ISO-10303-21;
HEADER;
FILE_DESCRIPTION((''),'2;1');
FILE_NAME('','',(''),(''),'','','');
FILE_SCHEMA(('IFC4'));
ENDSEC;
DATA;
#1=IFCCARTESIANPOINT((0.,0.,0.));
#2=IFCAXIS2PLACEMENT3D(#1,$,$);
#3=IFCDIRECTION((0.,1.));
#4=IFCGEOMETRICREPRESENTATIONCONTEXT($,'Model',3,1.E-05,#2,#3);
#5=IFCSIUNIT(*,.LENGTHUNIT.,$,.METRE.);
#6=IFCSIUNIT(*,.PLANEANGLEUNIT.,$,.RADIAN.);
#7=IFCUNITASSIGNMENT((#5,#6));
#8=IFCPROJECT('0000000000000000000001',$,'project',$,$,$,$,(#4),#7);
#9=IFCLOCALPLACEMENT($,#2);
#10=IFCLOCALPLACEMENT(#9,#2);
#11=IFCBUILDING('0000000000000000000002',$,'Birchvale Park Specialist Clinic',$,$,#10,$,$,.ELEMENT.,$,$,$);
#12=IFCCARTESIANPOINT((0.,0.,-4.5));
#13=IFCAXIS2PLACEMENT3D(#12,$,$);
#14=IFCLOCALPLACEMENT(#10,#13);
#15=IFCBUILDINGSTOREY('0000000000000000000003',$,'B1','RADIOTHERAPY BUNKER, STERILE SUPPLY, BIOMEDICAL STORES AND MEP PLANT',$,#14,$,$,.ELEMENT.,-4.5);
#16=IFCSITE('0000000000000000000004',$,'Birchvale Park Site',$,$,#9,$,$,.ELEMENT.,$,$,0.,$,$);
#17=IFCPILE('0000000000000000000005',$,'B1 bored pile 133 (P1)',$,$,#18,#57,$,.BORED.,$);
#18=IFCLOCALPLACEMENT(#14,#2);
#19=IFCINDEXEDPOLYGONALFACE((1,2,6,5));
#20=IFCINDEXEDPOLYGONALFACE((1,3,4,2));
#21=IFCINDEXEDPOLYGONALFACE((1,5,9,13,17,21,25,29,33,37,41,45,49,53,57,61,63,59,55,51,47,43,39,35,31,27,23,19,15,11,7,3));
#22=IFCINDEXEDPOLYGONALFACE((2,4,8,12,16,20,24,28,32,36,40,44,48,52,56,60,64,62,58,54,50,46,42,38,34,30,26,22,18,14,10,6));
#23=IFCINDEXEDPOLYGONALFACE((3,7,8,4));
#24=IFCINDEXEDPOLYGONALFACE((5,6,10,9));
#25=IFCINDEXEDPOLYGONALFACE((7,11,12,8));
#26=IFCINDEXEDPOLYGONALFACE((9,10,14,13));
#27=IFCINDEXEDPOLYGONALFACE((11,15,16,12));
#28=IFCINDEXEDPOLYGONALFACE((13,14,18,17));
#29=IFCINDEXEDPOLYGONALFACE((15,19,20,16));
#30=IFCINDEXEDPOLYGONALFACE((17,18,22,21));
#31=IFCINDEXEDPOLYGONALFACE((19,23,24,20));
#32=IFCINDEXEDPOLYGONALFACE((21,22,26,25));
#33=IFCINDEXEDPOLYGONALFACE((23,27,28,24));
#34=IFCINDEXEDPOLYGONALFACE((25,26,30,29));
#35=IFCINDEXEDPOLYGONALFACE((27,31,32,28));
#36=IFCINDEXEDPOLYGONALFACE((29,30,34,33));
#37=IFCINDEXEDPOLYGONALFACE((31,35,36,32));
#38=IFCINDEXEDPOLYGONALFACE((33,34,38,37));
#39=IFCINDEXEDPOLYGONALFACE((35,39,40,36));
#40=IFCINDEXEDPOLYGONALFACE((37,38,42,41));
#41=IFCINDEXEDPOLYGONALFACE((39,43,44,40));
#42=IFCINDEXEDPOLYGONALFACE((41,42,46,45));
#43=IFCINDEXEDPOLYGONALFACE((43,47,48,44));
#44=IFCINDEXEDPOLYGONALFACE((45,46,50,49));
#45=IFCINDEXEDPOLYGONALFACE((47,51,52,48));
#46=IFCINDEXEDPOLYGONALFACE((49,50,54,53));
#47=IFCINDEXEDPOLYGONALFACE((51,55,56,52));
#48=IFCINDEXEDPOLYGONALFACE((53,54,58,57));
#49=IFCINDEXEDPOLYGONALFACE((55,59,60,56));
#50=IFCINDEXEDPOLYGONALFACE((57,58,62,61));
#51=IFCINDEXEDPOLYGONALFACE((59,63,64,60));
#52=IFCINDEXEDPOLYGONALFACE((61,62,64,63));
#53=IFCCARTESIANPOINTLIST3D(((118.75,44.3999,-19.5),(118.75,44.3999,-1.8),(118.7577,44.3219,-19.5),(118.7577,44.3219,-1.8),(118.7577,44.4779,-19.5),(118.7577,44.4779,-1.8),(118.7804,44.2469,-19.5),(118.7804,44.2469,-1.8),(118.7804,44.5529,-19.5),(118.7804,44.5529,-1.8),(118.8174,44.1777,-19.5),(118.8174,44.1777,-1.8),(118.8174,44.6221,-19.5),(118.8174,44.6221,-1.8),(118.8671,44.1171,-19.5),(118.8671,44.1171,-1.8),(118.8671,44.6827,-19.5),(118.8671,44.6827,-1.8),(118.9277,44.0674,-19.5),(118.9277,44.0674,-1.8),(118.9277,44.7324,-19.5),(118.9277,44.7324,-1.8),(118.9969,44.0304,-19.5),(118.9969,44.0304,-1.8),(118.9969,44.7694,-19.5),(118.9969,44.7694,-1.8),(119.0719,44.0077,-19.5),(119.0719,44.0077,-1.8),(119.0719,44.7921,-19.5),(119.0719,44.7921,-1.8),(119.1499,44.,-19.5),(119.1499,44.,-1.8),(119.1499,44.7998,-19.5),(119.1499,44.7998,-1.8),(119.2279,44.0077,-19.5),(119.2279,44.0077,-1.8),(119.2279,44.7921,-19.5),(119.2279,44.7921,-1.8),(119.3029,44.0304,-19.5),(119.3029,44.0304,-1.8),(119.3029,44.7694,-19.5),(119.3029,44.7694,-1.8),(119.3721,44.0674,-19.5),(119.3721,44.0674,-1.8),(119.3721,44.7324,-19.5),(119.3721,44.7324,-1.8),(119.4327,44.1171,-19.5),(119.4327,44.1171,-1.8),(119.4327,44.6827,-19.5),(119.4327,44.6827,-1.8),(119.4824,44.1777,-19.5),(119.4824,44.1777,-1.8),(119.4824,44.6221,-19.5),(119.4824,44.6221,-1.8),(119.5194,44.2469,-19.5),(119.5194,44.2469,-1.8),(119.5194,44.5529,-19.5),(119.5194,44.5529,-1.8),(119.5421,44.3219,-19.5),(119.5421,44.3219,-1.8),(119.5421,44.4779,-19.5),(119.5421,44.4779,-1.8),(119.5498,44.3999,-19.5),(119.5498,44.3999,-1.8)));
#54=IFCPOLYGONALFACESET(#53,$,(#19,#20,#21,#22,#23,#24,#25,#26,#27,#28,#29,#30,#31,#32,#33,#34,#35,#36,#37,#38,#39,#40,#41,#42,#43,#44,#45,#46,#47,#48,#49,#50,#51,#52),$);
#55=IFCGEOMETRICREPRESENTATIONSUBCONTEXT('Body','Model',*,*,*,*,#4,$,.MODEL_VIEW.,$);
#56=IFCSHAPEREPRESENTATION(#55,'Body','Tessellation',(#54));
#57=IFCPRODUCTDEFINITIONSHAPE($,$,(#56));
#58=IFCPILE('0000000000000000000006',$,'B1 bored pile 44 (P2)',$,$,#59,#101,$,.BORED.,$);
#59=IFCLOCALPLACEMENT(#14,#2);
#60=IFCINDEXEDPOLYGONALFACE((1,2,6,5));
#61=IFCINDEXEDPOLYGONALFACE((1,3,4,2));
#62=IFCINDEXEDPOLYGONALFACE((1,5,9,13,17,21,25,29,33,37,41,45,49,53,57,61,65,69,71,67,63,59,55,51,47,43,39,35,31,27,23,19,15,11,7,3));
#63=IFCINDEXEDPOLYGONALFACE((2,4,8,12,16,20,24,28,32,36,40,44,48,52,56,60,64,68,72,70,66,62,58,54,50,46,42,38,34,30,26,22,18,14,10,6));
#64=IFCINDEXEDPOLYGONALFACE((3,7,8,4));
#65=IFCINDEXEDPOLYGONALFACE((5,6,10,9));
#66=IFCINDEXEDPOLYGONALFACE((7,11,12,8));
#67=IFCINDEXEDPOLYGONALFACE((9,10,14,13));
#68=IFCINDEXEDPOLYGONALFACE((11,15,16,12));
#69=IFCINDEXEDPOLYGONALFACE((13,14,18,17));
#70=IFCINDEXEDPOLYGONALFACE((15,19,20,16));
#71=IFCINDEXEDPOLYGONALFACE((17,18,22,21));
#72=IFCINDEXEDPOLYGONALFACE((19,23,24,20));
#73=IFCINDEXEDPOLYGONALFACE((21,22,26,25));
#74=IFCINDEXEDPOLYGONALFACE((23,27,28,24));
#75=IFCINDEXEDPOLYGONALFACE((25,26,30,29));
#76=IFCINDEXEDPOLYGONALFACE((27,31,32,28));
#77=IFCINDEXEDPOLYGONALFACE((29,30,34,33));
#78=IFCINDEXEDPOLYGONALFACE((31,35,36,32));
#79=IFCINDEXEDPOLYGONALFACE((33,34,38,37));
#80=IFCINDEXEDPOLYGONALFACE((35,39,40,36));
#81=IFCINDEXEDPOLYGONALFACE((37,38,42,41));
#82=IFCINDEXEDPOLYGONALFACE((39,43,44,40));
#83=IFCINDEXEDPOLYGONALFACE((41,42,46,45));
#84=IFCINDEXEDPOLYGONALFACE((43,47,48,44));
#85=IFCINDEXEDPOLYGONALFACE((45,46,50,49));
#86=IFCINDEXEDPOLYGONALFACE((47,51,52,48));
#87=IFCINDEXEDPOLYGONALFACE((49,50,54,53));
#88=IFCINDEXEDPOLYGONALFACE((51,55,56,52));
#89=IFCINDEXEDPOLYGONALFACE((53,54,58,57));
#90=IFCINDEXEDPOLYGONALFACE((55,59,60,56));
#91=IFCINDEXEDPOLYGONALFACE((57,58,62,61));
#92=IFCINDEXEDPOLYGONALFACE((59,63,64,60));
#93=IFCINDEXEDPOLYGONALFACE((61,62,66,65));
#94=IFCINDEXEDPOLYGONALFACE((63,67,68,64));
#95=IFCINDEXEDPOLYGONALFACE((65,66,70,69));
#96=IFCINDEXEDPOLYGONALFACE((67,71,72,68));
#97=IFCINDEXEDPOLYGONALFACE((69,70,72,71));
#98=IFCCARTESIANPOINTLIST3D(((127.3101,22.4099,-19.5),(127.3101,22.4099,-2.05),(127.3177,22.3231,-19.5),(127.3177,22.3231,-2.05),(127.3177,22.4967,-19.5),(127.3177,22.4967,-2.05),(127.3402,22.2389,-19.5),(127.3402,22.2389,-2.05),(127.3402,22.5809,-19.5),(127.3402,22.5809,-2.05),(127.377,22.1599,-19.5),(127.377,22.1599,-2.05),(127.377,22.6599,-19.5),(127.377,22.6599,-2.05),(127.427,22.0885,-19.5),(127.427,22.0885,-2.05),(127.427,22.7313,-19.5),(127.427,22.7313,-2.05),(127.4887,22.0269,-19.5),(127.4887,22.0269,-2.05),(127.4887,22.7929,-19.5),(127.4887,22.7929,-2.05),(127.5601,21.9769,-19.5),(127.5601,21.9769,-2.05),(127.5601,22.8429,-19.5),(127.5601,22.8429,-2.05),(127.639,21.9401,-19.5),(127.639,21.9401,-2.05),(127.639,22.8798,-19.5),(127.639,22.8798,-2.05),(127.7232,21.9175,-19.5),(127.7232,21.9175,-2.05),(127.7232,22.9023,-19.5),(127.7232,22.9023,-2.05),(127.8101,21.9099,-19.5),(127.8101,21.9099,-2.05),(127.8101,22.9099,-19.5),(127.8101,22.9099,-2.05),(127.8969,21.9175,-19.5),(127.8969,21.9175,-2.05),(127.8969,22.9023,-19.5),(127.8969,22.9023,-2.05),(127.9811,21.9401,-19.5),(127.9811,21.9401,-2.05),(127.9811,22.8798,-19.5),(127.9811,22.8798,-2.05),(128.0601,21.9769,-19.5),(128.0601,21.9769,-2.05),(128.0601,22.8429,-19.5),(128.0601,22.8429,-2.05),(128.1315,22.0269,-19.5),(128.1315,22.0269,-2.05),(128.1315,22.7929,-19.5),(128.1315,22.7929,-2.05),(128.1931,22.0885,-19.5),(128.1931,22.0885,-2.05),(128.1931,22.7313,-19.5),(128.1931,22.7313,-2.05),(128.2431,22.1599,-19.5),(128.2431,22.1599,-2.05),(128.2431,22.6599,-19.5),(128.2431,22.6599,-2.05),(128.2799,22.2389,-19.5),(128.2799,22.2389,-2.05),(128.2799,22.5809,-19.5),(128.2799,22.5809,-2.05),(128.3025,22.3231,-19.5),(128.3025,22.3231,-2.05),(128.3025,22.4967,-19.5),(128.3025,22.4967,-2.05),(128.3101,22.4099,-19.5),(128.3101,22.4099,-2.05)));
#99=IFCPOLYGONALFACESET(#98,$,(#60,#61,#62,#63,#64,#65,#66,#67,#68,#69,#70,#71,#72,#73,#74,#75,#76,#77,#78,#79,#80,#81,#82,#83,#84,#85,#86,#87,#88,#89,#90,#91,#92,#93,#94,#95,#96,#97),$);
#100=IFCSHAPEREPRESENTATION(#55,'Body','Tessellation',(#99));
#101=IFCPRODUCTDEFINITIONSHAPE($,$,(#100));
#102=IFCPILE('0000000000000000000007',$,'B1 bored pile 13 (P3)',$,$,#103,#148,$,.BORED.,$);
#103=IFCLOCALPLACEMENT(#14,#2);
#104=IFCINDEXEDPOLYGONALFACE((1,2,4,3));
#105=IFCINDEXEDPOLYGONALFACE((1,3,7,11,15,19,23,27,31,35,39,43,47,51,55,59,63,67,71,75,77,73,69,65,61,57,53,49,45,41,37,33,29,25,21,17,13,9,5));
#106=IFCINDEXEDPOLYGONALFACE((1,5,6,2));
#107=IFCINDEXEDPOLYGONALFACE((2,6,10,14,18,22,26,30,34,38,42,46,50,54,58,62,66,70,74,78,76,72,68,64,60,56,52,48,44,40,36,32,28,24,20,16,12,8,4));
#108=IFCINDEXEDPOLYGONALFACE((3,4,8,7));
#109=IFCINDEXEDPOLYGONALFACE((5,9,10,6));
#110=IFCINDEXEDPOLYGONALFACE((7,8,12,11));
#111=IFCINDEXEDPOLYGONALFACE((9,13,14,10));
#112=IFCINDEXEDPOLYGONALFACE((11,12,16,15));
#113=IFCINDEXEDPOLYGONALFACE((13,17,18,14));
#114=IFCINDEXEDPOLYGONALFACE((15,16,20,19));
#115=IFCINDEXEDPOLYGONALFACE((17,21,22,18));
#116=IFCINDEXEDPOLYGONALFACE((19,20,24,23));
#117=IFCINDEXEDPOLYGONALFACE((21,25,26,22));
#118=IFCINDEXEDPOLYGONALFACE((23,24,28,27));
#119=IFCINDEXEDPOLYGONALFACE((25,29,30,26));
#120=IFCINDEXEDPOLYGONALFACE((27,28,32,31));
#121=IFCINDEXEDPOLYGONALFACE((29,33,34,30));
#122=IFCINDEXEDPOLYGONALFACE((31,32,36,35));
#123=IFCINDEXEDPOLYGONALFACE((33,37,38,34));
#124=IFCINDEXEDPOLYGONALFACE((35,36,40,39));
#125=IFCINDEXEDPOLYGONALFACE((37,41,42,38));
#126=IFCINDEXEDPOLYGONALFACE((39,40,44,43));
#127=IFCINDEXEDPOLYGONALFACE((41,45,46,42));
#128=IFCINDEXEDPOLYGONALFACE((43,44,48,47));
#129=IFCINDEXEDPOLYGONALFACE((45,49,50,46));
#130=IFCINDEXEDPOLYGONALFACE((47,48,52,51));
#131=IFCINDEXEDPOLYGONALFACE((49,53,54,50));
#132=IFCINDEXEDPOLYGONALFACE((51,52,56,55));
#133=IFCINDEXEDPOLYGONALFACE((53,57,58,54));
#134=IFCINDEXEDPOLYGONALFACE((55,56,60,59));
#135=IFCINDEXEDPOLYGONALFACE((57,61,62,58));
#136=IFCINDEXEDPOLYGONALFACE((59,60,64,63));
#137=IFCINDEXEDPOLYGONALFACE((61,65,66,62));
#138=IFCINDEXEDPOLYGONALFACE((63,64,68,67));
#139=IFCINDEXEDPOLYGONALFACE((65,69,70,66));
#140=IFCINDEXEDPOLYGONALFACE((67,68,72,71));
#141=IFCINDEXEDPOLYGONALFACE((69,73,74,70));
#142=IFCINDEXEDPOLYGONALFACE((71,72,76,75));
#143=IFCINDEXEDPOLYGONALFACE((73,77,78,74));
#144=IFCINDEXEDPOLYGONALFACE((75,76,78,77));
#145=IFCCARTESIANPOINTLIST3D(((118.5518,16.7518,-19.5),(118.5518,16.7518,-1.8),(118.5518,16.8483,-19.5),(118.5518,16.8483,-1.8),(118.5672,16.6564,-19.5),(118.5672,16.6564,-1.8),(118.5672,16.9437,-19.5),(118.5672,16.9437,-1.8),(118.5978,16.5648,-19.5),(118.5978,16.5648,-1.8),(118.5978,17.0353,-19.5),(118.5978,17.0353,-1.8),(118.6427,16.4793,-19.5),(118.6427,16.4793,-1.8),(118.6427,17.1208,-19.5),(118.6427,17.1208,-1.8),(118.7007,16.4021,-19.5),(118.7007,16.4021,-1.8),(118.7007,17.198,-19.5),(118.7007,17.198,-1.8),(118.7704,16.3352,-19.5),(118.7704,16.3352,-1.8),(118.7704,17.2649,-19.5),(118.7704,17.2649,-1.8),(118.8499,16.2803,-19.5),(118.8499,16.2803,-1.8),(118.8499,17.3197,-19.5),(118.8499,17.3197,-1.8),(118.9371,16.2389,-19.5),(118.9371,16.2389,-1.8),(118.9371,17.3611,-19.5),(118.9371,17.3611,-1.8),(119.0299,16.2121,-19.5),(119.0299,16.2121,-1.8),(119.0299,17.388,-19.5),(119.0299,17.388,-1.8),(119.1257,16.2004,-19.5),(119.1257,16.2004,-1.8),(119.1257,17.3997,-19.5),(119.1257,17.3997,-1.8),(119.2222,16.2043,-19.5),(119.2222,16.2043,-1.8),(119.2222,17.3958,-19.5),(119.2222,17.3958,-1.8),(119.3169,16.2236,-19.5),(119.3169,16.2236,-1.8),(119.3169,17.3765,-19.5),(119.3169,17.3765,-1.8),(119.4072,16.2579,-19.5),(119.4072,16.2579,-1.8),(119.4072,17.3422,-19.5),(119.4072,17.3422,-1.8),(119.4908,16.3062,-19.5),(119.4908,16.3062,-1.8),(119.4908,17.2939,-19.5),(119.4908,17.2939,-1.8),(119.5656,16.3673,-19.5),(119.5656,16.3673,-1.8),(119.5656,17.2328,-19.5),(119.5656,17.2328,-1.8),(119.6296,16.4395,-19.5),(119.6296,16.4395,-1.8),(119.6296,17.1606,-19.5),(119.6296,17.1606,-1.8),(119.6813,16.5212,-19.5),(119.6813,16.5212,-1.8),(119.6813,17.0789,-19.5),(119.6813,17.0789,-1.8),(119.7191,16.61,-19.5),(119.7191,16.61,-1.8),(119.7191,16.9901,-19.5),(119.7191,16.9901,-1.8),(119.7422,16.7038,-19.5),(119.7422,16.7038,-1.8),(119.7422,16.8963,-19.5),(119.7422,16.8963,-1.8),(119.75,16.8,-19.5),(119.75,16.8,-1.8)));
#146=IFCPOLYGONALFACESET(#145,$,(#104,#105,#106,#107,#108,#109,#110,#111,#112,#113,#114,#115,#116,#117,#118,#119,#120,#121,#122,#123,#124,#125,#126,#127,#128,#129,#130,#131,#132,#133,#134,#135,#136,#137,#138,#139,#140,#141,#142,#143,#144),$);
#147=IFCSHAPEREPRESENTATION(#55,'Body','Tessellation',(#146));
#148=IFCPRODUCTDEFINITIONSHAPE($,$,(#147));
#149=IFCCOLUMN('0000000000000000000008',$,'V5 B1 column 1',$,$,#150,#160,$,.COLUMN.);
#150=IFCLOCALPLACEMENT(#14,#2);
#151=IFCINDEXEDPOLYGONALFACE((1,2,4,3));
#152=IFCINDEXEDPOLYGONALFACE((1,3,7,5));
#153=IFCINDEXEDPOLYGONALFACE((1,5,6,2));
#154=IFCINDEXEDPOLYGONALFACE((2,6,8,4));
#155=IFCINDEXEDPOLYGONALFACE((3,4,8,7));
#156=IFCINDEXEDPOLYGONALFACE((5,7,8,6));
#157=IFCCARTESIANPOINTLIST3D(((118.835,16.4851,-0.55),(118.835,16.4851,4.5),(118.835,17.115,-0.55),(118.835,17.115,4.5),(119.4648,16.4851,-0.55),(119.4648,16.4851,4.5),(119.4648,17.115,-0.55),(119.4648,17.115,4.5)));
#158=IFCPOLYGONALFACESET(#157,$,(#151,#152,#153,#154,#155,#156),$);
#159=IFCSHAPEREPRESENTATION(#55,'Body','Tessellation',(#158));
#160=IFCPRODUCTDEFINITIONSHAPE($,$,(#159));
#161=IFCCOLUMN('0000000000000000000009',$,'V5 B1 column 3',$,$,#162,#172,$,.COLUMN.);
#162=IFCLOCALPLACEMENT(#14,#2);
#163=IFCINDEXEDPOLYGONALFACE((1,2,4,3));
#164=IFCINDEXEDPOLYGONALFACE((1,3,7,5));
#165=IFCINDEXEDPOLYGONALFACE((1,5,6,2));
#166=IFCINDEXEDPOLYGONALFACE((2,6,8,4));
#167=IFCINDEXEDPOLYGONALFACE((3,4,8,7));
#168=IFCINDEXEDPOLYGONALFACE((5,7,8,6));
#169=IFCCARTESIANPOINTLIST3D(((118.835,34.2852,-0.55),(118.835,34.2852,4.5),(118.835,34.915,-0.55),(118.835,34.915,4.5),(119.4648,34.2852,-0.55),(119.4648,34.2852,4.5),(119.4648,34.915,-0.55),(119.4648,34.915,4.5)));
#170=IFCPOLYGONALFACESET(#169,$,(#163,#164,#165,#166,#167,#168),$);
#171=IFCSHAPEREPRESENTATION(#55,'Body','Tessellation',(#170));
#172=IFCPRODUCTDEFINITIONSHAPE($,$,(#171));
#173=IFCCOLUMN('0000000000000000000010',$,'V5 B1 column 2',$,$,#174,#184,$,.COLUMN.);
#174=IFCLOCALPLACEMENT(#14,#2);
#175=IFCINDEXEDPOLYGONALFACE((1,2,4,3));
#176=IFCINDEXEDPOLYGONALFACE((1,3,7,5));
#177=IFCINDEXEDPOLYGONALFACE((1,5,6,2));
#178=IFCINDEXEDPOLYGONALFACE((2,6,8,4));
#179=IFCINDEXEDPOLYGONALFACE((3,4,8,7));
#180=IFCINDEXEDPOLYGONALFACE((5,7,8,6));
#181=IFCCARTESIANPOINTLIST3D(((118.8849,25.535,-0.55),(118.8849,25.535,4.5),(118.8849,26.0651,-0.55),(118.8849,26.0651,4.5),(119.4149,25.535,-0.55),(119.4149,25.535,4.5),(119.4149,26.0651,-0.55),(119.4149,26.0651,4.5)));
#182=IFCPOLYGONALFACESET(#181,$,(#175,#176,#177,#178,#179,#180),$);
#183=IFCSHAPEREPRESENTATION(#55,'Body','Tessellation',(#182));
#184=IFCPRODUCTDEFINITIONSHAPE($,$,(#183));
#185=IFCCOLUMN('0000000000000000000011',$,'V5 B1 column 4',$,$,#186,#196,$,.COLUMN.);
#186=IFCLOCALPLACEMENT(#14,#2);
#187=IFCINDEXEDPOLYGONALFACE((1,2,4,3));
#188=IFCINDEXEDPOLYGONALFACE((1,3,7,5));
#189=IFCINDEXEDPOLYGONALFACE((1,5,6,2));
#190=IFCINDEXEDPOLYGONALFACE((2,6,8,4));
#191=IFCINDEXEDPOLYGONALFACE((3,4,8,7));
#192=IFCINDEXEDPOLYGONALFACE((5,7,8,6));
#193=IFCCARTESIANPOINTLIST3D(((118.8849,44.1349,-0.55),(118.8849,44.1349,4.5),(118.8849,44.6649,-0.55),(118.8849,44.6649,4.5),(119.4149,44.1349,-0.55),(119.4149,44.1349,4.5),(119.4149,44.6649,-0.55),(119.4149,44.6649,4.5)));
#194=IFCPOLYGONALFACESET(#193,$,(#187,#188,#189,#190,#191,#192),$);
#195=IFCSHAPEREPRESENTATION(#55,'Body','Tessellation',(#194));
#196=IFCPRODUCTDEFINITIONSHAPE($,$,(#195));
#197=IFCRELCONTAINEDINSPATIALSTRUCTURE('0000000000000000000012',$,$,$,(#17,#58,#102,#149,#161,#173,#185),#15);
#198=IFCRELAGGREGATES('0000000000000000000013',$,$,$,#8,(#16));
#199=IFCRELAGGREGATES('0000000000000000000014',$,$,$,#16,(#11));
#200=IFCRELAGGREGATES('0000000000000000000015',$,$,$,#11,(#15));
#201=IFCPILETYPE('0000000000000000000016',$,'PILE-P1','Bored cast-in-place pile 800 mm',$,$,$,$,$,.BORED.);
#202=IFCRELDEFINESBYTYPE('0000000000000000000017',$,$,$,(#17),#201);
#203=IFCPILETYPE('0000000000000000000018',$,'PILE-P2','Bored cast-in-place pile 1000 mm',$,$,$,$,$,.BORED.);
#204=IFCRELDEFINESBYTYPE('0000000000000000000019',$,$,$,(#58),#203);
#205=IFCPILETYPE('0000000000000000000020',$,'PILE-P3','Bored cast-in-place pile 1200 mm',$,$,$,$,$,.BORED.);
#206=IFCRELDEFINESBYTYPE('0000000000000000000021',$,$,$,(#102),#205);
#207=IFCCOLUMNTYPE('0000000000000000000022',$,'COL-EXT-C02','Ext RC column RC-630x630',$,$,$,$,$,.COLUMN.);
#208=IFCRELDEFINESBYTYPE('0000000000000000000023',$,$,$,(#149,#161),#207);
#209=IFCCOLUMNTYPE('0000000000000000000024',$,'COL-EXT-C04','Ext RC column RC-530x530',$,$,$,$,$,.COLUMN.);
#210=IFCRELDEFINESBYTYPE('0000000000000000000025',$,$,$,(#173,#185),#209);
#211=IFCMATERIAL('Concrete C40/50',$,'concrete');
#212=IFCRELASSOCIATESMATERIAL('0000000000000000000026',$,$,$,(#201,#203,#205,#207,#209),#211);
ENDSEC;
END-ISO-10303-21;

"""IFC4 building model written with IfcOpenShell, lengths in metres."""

from ifc_helpers import new_model, si_unit, direction, frame, origin, origin_2d, place, context, subcontext, project, spatial, rectangle, circle, extrude, material, material_profile, profile_set, type_object, element, save


model = new_model("IFC4")

# Units and contexts
model_context = context("Model", 3, precision=1e-05, world=origin(), true_north=direction((0.0, 1.0)))
body_context = subcontext(model_context, "Body", "Model", "MODEL_VIEW")
ifc_project = project(units=[si_unit("LENGTHUNIT", "METRE"), si_unit("PLANEANGLEUNIT", "RADIAN")], contexts=[model_context])

# Site, building, storey
site_placement = place(None, origin())
site = spatial("IfcSite", under=ifc_project, at=site_placement, Name="Birchvale Park Site", CompositionType="ELEMENT", RefElevation=0.0)
building_placement = place(site_placement, origin())
building = spatial("IfcBuilding", under=site, at=building_placement, Name="Birchvale Park Specialist Clinic", CompositionType="ELEMENT")
storey_placement = place(building_placement, frame((0.0, 0.0, -4.5)))
storey = spatial("IfcBuildingStorey", under=building, at=storey_placement, Name="B1", Description="RADIOTHERAPY BUNKER, STERILE SUPPLY, BIOMEDICAL STORES AND MEP PLANT", CompositionType="ELEMENT", Elevation=-4.5)

# Shared definitions
ifc_material_1 = material(Name="Concrete C40/50", Category="concrete")

# Piles
ifc_material_profile_1 = material_profile(ifc_material_1, circle(Radius=0.3999, at=origin_2d()), Name="PILE-800")
ifc_profile_set_1 = profile_set([ifc_material_profile_1], Name="Concrete C40/50")
pile_type_1 = type_object("IfcPileType", Name="PILE-P1", Description="Bored cast-in-place pile 800 mm", PredefinedType="BORED", material=ifc_profile_set_1)
for number, where, z_axis, x_axis, name in (
    (1, (119.1499, 44.3999, -1.8), (0.0, 0.0, -1.0), (1.0, 0.0, 0.0), "B1 bored pile 133 (P1)"),
):
    element("IfcPile", number, at=place(storey_placement, frame(where, z_axis=z_axis, x_axis=x_axis)), inside=storey, type_object=pile_type_1, Name=name, PredefinedType="BORED", context=body_context, shape_type="SweptSolid", body=[
        extrude(circle(Radius=0.3999, at=origin_2d()), origin(), (0.0, 0.0, 1.0), 17.7),
    ])
ifc_material_profile_2 = material_profile(ifc_material_1, circle(Radius=0.5, at=origin_2d()), Name="PILE-1000")
ifc_profile_set_2 = profile_set([ifc_material_profile_2], Name="Concrete C40/50")
pile_type_2 = type_object("IfcPileType", Name="PILE-P2", Description="Bored cast-in-place pile 1000 mm", PredefinedType="BORED", material=ifc_profile_set_2)
pile_1_placement = place(storey_placement, frame((127.8101, 22.4099, -2.05), z_axis=(0.0, 0.0, -1.0), x_axis=(1.0, 0.0, 0.0)))
element("IfcPile", 2, at=pile_1_placement, inside=storey, type_object=pile_type_2, Name="B1 bored pile 44 (P2)", PredefinedType="BORED", context=body_context, shape_type="SweptSolid", body=[
    extrude(circle(Radius=0.5, at=origin_2d()), origin(), (0.0, 0.0, 1.0), 17.45),
])
ifc_material_profile_3 = material_profile(ifc_material_1, circle(Radius=0.6001, at=origin_2d()), Name="PILE-1200")
ifc_profile_set_3 = profile_set([ifc_material_profile_3], Name="Concrete C40/50")
pile_type_3 = type_object("IfcPileType", Name="PILE-P3", Description="Bored cast-in-place pile 1200 mm", PredefinedType="BORED", material=ifc_profile_set_3)
pile_2_placement = place(storey_placement, frame((119.1499, 16.8, -1.8), z_axis=(0.0, 0.0, -1.0), x_axis=(1.0, 0.0, 0.0)))
element("IfcPile", 3, at=pile_2_placement, inside=storey, type_object=pile_type_3, Name="B1 bored pile 13 (P3)", PredefinedType="BORED", context=body_context, shape_type="SweptSolid", body=[
    extrude(circle(Radius=0.6001, at=origin_2d()), origin(), (0.0, 0.0, 1.0), 17.7),
])

# Columns
ifc_material_profile_4 = material_profile(ifc_material_1, rectangle(XDim=0.6299, YDim=0.6299, at=origin_2d()), Name="RC-630x630")
ifc_profile_set_4 = profile_set([ifc_material_profile_4], Name="Concrete C40/50")
column_type_1 = type_object("IfcColumnType", Name="COL-EXT-C02", Description="Ext RC column RC-630x630", PredefinedType="COLUMN", material=ifc_profile_set_4)
for number, where, z_axis, x_axis, name in (
    (4, (119.1499, 16.8, -0.55), (0.0, 0.0, 1.0), (1.0, 0.0, 0.0), "V5 B1 column 1"),
    (5, (119.1499, 34.6001, -0.55), (0.0, 0.0, 1.0), (1.0, 0.0, 0.0), "V5 B1 column 3"),
):
    element("IfcColumn", number, at=place(storey_placement, frame(where, z_axis=z_axis, x_axis=x_axis)), inside=storey, type_object=column_type_1, Name=name, PredefinedType="COLUMN", context=body_context, shape_type="SweptSolid", body=[
        extrude(rectangle(XDim=0.6299, YDim=0.6299, at=origin_2d()), origin(), (0.0, 0.0, 1.0), 5.05),
    ])
ifc_material_profile_5 = material_profile(ifc_material_1, rectangle(XDim=0.53, YDim=0.53, at=origin_2d()), Name="RC-530x530")
ifc_profile_set_5 = profile_set([ifc_material_profile_5], Name="Concrete C40/50")
column_type_2 = type_object("IfcColumnType", Name="COL-EXT-C04", Description="Ext RC column RC-530x530", PredefinedType="COLUMN", material=ifc_profile_set_5)
for number, where, z_axis, x_axis, name in (
    (6, (119.1499, 25.8, -0.55), (0.0, 0.0, 1.0), (1.0, 0.0, 0.0), "V5 B1 column 2"),
    (7, (119.1499, 44.3999, -0.55), (0.0, 0.0, 1.0), (1.0, 0.0, 0.0), "V5 B1 column 4"),
):
    element("IfcColumn", number, at=place(storey_placement, frame(where, z_axis=z_axis, x_axis=x_axis)), inside=storey, type_object=column_type_2, Name=name, PredefinedType="COLUMN", context=body_context, shape_type="SweptSolid", body=[
        extrude(rectangle(XDim=0.53, YDim=0.53, at=origin_2d()), origin(), (0.0, 0.0, 1.0), 5.05),
    ])

save(model, "model.ifc")
